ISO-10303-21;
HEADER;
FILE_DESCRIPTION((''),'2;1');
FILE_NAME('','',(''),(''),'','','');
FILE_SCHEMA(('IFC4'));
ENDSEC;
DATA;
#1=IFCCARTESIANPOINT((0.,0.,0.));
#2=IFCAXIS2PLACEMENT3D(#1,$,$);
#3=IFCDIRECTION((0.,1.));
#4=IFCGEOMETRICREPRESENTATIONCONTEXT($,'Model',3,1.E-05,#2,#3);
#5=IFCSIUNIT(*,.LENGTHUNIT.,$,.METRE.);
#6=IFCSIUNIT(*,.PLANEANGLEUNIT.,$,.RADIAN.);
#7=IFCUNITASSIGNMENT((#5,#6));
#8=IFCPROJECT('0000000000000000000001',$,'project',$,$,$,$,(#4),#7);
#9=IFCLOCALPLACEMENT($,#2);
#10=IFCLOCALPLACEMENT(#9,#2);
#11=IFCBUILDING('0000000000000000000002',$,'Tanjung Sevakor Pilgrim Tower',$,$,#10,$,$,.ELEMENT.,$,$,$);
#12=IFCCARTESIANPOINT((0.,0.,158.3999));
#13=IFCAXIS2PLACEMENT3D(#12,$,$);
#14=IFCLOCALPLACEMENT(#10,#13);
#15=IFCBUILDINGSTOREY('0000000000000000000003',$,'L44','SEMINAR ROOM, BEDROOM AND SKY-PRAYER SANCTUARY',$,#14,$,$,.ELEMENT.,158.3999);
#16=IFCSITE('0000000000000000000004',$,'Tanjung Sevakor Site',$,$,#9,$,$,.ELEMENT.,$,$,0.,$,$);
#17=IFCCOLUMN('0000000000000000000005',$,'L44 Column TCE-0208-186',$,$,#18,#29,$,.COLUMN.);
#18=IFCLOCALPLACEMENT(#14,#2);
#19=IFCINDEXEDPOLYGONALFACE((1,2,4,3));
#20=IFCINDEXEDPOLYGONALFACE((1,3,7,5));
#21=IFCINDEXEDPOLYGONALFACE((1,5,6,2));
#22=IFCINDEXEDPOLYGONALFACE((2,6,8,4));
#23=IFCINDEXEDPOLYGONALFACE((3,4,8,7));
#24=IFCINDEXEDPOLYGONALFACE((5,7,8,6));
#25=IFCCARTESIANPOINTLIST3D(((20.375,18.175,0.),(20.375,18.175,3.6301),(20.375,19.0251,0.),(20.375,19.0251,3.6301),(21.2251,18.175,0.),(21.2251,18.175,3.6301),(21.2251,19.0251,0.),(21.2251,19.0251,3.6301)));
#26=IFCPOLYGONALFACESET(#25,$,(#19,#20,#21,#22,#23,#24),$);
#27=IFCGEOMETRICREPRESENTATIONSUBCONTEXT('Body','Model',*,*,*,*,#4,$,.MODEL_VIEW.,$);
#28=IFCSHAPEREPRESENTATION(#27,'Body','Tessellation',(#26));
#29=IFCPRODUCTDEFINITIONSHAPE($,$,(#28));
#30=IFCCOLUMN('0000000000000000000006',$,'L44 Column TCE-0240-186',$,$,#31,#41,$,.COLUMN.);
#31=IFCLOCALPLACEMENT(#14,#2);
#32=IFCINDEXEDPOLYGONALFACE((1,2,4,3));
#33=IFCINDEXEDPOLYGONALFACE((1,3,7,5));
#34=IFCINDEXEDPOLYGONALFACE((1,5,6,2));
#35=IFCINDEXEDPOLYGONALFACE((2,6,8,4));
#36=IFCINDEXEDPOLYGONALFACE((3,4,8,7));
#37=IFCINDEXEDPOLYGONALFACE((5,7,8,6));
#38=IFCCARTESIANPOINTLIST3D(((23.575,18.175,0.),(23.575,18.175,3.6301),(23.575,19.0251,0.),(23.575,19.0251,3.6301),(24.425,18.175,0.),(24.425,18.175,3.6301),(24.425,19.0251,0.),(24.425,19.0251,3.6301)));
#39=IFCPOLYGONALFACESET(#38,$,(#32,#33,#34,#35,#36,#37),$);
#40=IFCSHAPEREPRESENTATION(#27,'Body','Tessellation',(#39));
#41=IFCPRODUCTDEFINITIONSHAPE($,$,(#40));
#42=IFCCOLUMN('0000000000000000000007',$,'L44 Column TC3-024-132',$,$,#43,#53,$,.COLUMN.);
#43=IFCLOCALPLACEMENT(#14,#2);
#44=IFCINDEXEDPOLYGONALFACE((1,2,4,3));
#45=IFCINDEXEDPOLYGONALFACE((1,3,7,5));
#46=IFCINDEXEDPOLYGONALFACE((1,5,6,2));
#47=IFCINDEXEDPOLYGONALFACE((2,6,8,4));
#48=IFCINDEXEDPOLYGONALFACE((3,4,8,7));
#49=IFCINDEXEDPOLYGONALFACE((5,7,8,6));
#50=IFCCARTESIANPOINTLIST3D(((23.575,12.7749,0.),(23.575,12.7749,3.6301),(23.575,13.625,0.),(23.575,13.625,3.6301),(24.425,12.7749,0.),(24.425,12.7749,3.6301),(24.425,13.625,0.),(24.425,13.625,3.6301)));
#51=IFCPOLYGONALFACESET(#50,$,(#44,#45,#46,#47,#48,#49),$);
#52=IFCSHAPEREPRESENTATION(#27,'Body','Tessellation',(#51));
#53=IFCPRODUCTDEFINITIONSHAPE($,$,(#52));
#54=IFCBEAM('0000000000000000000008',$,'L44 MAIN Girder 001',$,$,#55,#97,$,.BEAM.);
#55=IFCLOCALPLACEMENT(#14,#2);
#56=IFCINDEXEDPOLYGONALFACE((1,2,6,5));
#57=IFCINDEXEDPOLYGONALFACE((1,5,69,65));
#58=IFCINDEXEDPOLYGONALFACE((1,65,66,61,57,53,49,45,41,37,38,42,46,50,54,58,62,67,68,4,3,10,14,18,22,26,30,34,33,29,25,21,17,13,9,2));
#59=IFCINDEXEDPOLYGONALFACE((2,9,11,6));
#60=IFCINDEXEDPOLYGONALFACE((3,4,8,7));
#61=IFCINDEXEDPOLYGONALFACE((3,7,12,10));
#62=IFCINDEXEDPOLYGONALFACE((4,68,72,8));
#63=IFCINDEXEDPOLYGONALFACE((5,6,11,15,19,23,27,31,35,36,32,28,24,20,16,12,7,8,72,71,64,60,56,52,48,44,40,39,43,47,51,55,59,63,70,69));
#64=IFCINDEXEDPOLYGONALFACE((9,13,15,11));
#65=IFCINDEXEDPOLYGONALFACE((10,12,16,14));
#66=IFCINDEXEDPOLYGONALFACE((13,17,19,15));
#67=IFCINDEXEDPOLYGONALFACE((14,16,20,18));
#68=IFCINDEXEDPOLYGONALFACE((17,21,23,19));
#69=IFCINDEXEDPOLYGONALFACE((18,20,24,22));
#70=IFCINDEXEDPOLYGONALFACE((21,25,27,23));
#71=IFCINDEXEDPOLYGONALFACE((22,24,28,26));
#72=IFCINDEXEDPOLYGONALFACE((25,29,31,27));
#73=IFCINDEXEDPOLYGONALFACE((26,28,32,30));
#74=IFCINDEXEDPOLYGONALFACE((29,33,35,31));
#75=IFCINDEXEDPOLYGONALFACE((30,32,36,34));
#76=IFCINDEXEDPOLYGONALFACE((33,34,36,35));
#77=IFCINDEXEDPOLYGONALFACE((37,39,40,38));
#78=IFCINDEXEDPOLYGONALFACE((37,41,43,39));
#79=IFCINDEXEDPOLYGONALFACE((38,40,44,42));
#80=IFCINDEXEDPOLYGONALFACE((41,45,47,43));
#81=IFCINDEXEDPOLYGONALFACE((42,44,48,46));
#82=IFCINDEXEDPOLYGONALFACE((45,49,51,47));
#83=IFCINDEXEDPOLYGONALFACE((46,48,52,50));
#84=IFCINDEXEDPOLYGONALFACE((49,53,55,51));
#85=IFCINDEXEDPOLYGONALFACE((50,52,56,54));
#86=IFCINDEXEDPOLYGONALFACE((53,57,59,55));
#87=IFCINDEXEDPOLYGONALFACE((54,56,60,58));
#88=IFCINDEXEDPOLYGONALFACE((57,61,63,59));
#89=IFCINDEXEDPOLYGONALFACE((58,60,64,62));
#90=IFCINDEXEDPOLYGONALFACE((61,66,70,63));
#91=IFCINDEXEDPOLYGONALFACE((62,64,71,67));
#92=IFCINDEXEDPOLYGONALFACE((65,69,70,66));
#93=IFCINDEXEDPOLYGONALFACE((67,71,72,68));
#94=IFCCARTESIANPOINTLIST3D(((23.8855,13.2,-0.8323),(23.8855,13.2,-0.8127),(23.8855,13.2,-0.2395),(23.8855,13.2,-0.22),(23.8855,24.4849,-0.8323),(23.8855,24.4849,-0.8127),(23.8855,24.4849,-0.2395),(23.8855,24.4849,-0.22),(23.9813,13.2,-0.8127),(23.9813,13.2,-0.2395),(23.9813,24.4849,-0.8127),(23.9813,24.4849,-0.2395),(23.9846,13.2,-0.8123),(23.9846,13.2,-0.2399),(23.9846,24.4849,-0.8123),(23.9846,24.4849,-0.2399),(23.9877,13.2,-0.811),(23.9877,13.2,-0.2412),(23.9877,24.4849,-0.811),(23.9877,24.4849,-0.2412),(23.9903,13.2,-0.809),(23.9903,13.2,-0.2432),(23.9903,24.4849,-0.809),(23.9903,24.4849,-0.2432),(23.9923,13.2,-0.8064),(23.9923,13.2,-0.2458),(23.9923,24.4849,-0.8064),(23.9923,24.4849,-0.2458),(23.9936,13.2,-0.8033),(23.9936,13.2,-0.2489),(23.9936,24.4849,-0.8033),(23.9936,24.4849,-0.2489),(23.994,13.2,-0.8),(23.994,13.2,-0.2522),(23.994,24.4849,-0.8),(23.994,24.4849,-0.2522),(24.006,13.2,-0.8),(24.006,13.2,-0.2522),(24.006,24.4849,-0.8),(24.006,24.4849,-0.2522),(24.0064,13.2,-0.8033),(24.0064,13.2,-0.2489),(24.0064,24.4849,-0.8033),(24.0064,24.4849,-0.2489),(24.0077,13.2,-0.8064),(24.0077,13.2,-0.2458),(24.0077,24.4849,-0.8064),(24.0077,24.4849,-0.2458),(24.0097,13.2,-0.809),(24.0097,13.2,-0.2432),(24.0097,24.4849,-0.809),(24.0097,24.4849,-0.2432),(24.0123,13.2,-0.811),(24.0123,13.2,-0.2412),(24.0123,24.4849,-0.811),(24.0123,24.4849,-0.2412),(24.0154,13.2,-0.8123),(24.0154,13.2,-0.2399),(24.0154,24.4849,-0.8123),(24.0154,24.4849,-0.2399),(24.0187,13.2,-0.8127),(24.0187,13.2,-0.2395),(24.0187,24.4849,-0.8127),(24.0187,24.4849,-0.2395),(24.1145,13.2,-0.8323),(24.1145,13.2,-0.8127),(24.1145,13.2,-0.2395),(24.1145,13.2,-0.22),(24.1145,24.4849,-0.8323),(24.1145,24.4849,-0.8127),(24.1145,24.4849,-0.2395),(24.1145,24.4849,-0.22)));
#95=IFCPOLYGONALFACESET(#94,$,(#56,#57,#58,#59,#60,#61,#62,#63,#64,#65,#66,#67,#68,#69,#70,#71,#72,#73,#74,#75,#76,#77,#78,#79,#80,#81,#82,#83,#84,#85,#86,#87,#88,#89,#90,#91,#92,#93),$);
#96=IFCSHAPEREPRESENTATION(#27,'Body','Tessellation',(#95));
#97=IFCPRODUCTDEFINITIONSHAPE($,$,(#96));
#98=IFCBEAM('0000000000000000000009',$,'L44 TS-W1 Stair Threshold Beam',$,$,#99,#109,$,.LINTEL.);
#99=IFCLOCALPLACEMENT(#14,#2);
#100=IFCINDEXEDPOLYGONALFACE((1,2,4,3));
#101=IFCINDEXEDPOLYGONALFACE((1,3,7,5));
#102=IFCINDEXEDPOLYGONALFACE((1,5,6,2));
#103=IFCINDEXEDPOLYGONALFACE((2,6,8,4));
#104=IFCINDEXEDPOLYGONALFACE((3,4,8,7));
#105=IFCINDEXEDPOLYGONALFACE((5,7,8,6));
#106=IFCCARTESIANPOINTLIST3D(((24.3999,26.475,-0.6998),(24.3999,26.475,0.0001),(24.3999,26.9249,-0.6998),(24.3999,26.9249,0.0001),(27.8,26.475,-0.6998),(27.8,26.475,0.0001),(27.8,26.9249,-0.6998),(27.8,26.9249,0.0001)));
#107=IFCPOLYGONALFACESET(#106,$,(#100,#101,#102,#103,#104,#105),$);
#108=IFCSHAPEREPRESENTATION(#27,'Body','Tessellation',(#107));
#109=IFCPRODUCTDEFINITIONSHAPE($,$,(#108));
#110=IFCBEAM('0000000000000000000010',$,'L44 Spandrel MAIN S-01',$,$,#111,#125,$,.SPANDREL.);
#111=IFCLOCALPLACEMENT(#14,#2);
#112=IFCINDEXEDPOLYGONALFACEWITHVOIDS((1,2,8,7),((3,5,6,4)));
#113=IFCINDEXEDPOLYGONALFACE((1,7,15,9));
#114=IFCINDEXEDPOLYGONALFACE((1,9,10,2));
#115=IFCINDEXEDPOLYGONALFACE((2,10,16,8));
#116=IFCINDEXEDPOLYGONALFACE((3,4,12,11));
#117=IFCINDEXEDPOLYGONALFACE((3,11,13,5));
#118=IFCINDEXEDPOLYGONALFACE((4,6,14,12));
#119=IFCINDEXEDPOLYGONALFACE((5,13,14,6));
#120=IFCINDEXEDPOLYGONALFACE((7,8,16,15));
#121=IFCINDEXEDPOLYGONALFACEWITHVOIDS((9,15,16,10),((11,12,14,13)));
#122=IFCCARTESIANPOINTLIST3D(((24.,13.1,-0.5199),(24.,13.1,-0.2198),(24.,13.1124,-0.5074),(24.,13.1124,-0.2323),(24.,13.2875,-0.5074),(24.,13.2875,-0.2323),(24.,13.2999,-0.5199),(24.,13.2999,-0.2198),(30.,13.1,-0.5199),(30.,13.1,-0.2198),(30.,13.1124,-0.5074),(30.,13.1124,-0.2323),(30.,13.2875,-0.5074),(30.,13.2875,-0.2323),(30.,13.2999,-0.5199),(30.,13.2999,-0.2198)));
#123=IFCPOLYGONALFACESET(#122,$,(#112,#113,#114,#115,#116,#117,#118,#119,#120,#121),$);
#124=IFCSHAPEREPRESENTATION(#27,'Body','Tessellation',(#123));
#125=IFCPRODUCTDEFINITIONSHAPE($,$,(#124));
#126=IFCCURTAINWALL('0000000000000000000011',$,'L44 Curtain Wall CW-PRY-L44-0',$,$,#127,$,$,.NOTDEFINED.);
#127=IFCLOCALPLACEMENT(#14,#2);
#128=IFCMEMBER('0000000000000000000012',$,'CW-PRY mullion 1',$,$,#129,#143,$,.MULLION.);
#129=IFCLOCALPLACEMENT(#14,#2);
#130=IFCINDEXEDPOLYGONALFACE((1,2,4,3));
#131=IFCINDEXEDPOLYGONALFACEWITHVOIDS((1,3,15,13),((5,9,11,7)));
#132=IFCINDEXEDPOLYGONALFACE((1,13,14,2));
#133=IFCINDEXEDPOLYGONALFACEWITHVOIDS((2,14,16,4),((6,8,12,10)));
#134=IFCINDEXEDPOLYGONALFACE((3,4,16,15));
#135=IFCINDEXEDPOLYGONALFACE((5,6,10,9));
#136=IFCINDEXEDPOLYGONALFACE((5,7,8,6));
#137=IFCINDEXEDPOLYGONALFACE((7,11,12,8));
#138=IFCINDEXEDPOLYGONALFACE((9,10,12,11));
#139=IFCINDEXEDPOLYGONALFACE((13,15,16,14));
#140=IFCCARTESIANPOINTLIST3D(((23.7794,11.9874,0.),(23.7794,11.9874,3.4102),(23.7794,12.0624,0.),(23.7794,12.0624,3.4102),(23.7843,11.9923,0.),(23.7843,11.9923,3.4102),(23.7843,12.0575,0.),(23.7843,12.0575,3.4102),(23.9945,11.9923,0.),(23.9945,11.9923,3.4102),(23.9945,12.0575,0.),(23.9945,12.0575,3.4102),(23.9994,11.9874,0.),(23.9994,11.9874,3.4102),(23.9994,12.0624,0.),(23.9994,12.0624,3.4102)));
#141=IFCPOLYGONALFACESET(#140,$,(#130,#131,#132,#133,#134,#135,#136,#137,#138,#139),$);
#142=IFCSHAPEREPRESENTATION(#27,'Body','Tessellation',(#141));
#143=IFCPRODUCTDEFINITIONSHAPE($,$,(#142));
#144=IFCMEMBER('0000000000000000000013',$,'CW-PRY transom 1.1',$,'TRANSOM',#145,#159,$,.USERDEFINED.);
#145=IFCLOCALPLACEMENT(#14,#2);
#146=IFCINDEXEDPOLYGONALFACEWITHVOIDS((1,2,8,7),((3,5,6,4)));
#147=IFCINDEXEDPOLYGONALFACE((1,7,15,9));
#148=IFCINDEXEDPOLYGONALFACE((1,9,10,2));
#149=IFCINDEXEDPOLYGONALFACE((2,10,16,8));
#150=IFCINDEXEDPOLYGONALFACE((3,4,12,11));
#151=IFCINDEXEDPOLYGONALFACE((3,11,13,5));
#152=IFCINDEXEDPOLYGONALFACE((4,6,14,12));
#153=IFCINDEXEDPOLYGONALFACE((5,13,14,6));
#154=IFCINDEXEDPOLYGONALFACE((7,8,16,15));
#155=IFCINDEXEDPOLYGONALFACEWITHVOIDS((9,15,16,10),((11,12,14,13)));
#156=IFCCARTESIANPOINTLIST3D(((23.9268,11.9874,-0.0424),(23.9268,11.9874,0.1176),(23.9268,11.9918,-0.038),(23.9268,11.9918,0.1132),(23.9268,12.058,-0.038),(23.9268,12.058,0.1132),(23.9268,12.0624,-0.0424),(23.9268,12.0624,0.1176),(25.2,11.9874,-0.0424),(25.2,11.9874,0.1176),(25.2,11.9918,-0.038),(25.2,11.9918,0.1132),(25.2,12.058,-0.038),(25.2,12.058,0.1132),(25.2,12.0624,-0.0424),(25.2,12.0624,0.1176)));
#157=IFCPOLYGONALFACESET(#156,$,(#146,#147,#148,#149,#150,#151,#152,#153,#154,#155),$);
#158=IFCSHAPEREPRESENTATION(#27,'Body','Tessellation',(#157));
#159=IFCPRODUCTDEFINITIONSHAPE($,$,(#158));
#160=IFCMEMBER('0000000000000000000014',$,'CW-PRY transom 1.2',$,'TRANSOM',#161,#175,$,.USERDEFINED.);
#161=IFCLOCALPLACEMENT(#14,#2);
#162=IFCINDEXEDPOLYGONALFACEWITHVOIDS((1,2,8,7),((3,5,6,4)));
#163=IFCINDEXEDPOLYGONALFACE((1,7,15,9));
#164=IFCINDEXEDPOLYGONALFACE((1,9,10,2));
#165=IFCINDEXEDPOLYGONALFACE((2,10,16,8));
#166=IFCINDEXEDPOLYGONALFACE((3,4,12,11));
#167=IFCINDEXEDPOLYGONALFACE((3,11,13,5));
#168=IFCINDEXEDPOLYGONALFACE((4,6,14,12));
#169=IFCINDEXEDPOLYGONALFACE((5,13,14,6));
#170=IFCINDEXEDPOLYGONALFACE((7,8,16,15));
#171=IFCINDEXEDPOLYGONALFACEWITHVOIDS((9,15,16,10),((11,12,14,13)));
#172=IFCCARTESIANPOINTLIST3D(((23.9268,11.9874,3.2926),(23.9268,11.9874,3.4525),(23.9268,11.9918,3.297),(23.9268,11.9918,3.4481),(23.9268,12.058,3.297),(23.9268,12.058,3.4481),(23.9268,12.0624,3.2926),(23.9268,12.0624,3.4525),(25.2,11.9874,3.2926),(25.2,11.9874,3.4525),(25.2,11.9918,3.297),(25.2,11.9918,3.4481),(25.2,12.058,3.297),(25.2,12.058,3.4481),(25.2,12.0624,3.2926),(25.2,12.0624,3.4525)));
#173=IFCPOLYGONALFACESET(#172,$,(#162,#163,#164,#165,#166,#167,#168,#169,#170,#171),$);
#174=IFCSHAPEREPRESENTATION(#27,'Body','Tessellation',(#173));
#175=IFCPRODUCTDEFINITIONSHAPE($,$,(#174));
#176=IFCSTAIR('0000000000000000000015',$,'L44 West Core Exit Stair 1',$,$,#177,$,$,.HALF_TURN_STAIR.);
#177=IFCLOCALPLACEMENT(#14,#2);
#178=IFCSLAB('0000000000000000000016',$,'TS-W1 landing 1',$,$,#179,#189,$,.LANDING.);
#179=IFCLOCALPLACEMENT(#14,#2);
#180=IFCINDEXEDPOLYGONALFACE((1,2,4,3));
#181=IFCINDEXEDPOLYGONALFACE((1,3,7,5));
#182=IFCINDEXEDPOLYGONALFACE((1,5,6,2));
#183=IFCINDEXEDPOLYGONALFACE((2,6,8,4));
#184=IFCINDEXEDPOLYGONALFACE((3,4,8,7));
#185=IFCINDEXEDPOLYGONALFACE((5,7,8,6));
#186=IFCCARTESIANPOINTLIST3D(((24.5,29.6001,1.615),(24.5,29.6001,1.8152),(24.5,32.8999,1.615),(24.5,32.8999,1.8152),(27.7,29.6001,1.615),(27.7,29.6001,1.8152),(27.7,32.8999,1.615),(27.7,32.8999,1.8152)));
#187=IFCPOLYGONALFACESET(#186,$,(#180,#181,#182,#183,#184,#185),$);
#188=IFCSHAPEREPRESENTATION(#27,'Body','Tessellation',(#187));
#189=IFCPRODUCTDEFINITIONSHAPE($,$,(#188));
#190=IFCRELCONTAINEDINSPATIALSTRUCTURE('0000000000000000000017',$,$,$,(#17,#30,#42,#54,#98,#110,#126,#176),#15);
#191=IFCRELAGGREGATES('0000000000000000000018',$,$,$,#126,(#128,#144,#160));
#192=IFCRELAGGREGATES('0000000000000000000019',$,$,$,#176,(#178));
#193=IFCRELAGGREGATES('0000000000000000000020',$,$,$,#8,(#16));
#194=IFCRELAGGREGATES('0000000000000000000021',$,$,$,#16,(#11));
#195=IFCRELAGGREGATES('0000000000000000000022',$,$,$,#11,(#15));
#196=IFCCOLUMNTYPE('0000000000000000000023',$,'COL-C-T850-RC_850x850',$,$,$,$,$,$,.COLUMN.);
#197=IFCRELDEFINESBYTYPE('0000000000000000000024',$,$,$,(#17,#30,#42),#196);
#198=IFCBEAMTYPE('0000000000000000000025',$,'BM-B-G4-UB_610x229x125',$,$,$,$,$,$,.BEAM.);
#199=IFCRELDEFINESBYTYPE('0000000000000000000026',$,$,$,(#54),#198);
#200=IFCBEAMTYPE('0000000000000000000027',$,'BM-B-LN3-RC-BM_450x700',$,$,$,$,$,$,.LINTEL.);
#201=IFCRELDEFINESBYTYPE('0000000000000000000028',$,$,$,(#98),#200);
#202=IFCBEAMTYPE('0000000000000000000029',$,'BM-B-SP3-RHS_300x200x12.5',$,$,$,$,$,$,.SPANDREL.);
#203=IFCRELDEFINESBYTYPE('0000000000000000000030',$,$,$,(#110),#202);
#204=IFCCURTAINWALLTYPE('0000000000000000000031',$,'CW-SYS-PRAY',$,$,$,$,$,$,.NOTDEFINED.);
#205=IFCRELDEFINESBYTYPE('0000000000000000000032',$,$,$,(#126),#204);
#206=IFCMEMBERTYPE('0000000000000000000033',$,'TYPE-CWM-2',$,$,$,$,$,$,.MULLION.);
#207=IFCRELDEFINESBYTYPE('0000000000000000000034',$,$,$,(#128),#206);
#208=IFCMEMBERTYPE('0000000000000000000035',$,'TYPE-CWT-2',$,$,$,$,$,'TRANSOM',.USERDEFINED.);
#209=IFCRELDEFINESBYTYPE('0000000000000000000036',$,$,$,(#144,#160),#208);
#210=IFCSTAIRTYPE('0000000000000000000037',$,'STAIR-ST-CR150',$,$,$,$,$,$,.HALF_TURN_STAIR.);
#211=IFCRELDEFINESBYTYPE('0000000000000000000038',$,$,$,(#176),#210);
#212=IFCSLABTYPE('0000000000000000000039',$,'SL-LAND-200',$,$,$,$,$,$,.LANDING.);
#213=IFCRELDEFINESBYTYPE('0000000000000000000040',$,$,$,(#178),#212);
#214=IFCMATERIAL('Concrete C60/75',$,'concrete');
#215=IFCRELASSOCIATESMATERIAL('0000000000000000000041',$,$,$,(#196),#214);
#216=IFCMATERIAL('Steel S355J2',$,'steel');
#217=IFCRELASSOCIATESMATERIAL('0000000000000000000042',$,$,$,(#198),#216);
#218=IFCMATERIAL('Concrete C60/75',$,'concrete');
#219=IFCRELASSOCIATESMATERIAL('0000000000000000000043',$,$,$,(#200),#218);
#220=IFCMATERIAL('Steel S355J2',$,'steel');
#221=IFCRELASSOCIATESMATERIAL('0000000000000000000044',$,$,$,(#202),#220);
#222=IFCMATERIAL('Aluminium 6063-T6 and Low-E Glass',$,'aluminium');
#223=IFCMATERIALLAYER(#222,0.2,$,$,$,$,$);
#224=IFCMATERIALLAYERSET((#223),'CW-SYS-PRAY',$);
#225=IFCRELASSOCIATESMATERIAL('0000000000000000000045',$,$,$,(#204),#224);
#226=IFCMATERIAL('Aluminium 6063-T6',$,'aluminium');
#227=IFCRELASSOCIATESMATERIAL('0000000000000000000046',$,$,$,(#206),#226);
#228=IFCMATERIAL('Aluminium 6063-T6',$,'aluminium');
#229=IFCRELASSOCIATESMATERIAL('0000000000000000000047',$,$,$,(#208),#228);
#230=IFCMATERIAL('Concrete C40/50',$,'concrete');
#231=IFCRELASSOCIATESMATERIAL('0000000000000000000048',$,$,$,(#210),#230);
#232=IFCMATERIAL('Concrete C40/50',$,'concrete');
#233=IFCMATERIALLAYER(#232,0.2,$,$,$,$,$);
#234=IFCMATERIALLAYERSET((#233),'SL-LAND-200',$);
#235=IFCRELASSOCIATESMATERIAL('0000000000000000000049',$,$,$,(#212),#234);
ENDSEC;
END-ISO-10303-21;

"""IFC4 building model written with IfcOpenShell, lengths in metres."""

from ifc_helpers import new_model, si_unit, direction, frame, origin, origin_2d, place, context, subcontext, project, spatial, polyline, rectangle, hollow_rectangle, i_section, outline, extrude, material, layer, layer_set, material_profile, profile_set, type_object, element, aggregate, save


model = new_model("IFC4")

# Units and contexts
model_context = context("Model", 3, precision=1e-05, world=origin(), true_north=direction((0.0, 1.0)))
body_context = subcontext(model_context, "Body", "Model", "MODEL_VIEW")
ifc_project = project(units=[si_unit("LENGTHUNIT", "METRE"), si_unit("PLANEANGLEUNIT", "RADIAN")], contexts=[model_context])

# Site, building, storey
site_placement = place(None, origin())
site = spatial("IfcSite", under=ifc_project, at=site_placement, Name="Tanjung Sevakor Site", CompositionType="ELEMENT", RefElevation=0.0)
building_placement = place(site_placement, origin())
building = spatial("IfcBuilding", under=site, at=building_placement, Name="Tanjung Sevakor Pilgrim Tower", CompositionType="ELEMENT")
storey_placement = place(building_placement, frame((0.0, 0.0, 158.3999)))
storey = spatial("IfcBuildingStorey", under=building, at=storey_placement, Name="L44", Description="SEMINAR ROOM, BEDROOM AND SKY-PRAYER SANCTUARY", CompositionType="ELEMENT", Elevation=158.3999)

# Columns
ifc_material_1 = material(Name="Concrete C60/75", Category="concrete")
ifc_material_profile_1 = material_profile(ifc_material_1, rectangle(XDim=0.8501, YDim=0.8501, at=origin_2d()))
ifc_profile_set_1 = profile_set([ifc_material_profile_1], Name="Concrete C60/75")
column_type = type_object("IfcColumnType", Name="COL-C-T850-RC_850x850", PredefinedType="COLUMN", material=ifc_profile_set_1)
for number, where, z_axis, x_axis, name in (
    (1, (20.8, 18.6001, 0.0), (0.0, 0.0, 1.0), (1.0, 0.0, 0.0), "L44 Column TCE-0208-186"),
    (2, (24.0, 18.6001, 0.0), (0.0, 0.0, 1.0), (1.0, 0.0, 0.0), "L44 Column TCE-0240-186"),
    (3, (24.0, 13.2, 0.0), (0.0, 0.0, 1.0), (1.0, 0.0, 0.0), "L44 Column TC3-024-132"),
):
    element("IfcColumn", number, at=place(storey_placement, frame(where, z_axis=z_axis, x_axis=x_axis)), inside=storey, type_object=column_type, Name=name, PredefinedType="COLUMN", context=body_context, shape_type="SweptSolid", body=[
        extrude(rectangle(XDim=0.8501, YDim=0.8501, at=origin_2d()), origin(), (0.0, 0.0, 1.0), 3.6301),
    ])

# Beams
ifc_material_2 = material(Name="Steel S355J2", Category="steel")
ifc_material_profile_2 = material_profile(ifc_material_2, i_section(OverallWidth=0.229, OverallDepth=0.6123, WebThickness=0.012, FlangeThickness=0.0195, FilletRadius=0.0127, at=origin_2d()))
ifc_profile_set_2 = profile_set([ifc_material_profile_2], Name="Steel S355J2")
beam_type_1 = type_object("IfcBeamType", Name="BM-B-G4-UB_610x229x125", PredefinedType="BEAM", material=ifc_profile_set_2)
beam_1_placement = place(storey_placement, frame((24.0, 13.2, -0.5261), z_axis=(0.0, 1.0, 0.0), x_axis=(-1.0, 0.0, 0.0)))
element("IfcBeam", 4, at=beam_1_placement, inside=storey, type_object=beam_type_1, Name="L44 MAIN Girder 001", PredefinedType="BEAM", context=body_context, shape_type="SweptSolid", body=[
    extrude(i_section(OverallWidth=0.229, OverallDepth=0.6123, WebThickness=0.012, FlangeThickness=0.0195, FilletRadius=0.0127, at=origin_2d()), origin(), (0.0, 0.0, 1.0), 11.2849),
])
ifc_material_3 = material(Name="Concrete C60/75", Category="concrete")
ifc_material_profile_3 = material_profile(ifc_material_3, rectangle(XDim=0.45, YDim=0.7, at=origin_2d()))
ifc_profile_set_3 = profile_set([ifc_material_profile_3], Name="Concrete C60/75")
beam_type_2 = type_object("IfcBeamType", Name="BM-B-LN3-RC-BM_450x700", PredefinedType="LINTEL", material=ifc_profile_set_3)
beam_2_placement = place(storey_placement, frame((24.3999, 26.7, -0.3499), z_axis=(1.0, 0.0, 0.0), x_axis=(0.0, 1.0, 0.0)))
element("IfcBeam", 5, at=beam_2_placement, inside=storey, type_object=beam_type_2, Name="L44 TS-W1 Stair Threshold Beam", PredefinedType="LINTEL", context=body_context, shape_type="SweptSolid", body=[
    extrude(rectangle(XDim=0.45, YDim=0.7, at=origin_2d()), origin(), (0.0, 0.0, 1.0), 3.4001),
])
ifc_material_4 = material(Name="Steel S355J2", Category="steel")
ifc_material_profile_4 = material_profile(ifc_material_4, hollow_rectangle(XDim=0.2, YDim=0.3, WallThickness=0.0125, at=origin_2d()))
ifc_profile_set_4 = profile_set([ifc_material_profile_4], Name="Steel S355J2")
beam_type_3 = type_object("IfcBeamType", Name="BM-B-SP3-RHS_300x200x12.5", PredefinedType="SPANDREL", material=ifc_profile_set_4)
beam_3_placement = place(storey_placement, frame((24.0, 13.2, -0.3699), z_axis=(1.0, 0.0, 0.0), x_axis=(0.0, 1.0, 0.0)))
element("IfcBeam", 6, at=beam_3_placement, inside=storey, type_object=beam_type_3, Name="L44 Spandrel MAIN S-01", PredefinedType="SPANDREL", context=body_context, shape_type="SweptSolid", body=[
    extrude(hollow_rectangle(XDim=0.2, YDim=0.3, WallThickness=0.0125, at=origin_2d()), origin(), (0.0, 0.0, 1.0), 6.0),
])

# Curtain wall, members
ifc_material_5 = material(Name="Aluminium 6063-T6 and Low-E Glass", Category="aluminium")
ifc_layer_1 = layer(ifc_material_5, 0.2)
ifc_layer_set_1 = layer_set([ifc_layer_1], Name="CW-SYS-PRAY")
curtain_wall_type = type_object("IfcCurtainWallType", Name="CW-SYS-PRAY", PredefinedType="NOTDEFINED", material=ifc_layer_set_1)
curtain_wall_placement = place(storey_placement, origin())
curtain_wall = element("IfcCurtainWall", 7, at=curtain_wall_placement, inside=storey, type_object=curtain_wall_type, Name="L44 Curtain Wall CW-PRY-L44-0", PredefinedType="NOTDEFINED")
ifc_material_6 = material(Name="Aluminium 6063-T6", Category="aluminium")
ifc_material_profile_5 = material_profile(ifc_material_6, hollow_rectangle(XDim=0.075, YDim=0.22, WallThickness=0.0049, at=origin_2d()))
ifc_profile_set_5 = profile_set([ifc_material_profile_5], Name="Aluminium 6063-T6")
member_type_1 = type_object("IfcMemberType", Name="TYPE-CWM-2", PredefinedType="MULLION", material=ifc_profile_set_5)
member_1_placement = place(storey_placement, frame((23.8894, 12.0249, 0.0), z_axis=(0.0, 0.0, 1.0), x_axis=(0.0, 1.0, 0.0)))
member_1 = element("IfcMember", 8, at=member_1_placement, type_object=member_type_1, Name="CW-PRY mullion 1", PredefinedType="MULLION", context=body_context, shape_type="SweptSolid", body=[
    extrude(hollow_rectangle(XDim=0.075, YDim=0.22, WallThickness=0.0049, at=origin_2d()), origin(), (0.0, 0.0, 1.0), 3.4102),
])
ifc_material_7 = material(Name="Aluminium 6063-T6", Category="aluminium")
ifc_material_profile_6 = material_profile(ifc_material_7, hollow_rectangle(XDim=0.075, YDim=0.1599, WallThickness=0.0044, at=origin_2d()))
ifc_profile_set_6 = profile_set([ifc_material_profile_6], Name="Aluminium 6063-T6")
member_type_2 = type_object("IfcMemberType", Name="TYPE-CWT-2", ElementType="TRANSOM", PredefinedType="USERDEFINED", material=ifc_profile_set_6)
member_2_placement = place(storey_placement, frame((23.9268, 12.0249, 0.0376), z_axis=(1.0, 0.0, 0.0), x_axis=(0.0, 1.0, 0.0)))
member_2 = element("IfcMember", 9, at=member_2_placement, type_object=member_type_2, Name="CW-PRY transom 1.1", ObjectType="TRANSOM", PredefinedType="USERDEFINED", context=body_context, shape_type="SweptSolid", body=[
    extrude(hollow_rectangle(XDim=0.075, YDim=0.1599, WallThickness=0.0044, at=origin_2d()), origin(), (0.0, 0.0, 1.0), 1.2732),
])
member_3_placement = place(storey_placement, frame((23.9268, 12.0249, 3.3726), z_axis=(1.0, 0.0, 0.0), x_axis=(0.0, 1.0, 0.0)))
member_3 = element("IfcMember", 10, at=member_3_placement, type_object=member_type_2, Name="CW-PRY transom 1.2", ObjectType="TRANSOM", PredefinedType="USERDEFINED", context=body_context, shape_type="SweptSolid", body=[
    extrude(hollow_rectangle(XDim=0.075, YDim=0.1599, WallThickness=0.0044, at=origin_2d()), origin(), (0.0, 0.0, 1.0), 1.2732),
])
aggregate(curtain_wall, [member_1, member_2, member_3])

# Stair, slab
ifc_material_8 = material(Name="Concrete C40/50", Category="concrete")
stair_type = type_object("IfcStairType", Name="STAIR-ST-CR150", PredefinedType="HALF_TURN_STAIR", material=ifc_material_8)
stair_1_placement = place(storey_placement, origin())
stair_1 = element("IfcStair", 11, at=stair_1_placement, inside=storey, type_object=stair_type, Name="L44 West Core Exit Stair 1", PredefinedType="HALF_TURN_STAIR")
ifc_material_9 = material(Name="Concrete C40/50", Category="concrete")
ifc_layer_2 = layer(ifc_material_9, 0.2)
ifc_layer_set_2 = layer_set([ifc_layer_2], Name="SL-LAND-200")
slab_type_1 = type_object("IfcSlabType", Name="SL-LAND-200", PredefinedType="LANDING", material=ifc_layer_set_2)
slab_1_placement = place(storey_placement, frame((0.0, 0.0, 1.615)))
slab_1 = element("IfcSlab", 12, at=slab_1_placement, type_object=slab_type_1, Name="TS-W1 landing 1", PredefinedType="LANDING", context=body_context, shape_type="SweptSolid", body=[
    extrude(outline(polyline([(27.7, 29.6001), (27.7, 32.8999), (24.5, 32.8999), (24.5, 29.6001), (27.7, 29.6001)])), origin(), (0.0, 0.0, 1.0), 0.2002),
])
aggregate(stair_1, [slab_1])

save(model, "model.ifc")
